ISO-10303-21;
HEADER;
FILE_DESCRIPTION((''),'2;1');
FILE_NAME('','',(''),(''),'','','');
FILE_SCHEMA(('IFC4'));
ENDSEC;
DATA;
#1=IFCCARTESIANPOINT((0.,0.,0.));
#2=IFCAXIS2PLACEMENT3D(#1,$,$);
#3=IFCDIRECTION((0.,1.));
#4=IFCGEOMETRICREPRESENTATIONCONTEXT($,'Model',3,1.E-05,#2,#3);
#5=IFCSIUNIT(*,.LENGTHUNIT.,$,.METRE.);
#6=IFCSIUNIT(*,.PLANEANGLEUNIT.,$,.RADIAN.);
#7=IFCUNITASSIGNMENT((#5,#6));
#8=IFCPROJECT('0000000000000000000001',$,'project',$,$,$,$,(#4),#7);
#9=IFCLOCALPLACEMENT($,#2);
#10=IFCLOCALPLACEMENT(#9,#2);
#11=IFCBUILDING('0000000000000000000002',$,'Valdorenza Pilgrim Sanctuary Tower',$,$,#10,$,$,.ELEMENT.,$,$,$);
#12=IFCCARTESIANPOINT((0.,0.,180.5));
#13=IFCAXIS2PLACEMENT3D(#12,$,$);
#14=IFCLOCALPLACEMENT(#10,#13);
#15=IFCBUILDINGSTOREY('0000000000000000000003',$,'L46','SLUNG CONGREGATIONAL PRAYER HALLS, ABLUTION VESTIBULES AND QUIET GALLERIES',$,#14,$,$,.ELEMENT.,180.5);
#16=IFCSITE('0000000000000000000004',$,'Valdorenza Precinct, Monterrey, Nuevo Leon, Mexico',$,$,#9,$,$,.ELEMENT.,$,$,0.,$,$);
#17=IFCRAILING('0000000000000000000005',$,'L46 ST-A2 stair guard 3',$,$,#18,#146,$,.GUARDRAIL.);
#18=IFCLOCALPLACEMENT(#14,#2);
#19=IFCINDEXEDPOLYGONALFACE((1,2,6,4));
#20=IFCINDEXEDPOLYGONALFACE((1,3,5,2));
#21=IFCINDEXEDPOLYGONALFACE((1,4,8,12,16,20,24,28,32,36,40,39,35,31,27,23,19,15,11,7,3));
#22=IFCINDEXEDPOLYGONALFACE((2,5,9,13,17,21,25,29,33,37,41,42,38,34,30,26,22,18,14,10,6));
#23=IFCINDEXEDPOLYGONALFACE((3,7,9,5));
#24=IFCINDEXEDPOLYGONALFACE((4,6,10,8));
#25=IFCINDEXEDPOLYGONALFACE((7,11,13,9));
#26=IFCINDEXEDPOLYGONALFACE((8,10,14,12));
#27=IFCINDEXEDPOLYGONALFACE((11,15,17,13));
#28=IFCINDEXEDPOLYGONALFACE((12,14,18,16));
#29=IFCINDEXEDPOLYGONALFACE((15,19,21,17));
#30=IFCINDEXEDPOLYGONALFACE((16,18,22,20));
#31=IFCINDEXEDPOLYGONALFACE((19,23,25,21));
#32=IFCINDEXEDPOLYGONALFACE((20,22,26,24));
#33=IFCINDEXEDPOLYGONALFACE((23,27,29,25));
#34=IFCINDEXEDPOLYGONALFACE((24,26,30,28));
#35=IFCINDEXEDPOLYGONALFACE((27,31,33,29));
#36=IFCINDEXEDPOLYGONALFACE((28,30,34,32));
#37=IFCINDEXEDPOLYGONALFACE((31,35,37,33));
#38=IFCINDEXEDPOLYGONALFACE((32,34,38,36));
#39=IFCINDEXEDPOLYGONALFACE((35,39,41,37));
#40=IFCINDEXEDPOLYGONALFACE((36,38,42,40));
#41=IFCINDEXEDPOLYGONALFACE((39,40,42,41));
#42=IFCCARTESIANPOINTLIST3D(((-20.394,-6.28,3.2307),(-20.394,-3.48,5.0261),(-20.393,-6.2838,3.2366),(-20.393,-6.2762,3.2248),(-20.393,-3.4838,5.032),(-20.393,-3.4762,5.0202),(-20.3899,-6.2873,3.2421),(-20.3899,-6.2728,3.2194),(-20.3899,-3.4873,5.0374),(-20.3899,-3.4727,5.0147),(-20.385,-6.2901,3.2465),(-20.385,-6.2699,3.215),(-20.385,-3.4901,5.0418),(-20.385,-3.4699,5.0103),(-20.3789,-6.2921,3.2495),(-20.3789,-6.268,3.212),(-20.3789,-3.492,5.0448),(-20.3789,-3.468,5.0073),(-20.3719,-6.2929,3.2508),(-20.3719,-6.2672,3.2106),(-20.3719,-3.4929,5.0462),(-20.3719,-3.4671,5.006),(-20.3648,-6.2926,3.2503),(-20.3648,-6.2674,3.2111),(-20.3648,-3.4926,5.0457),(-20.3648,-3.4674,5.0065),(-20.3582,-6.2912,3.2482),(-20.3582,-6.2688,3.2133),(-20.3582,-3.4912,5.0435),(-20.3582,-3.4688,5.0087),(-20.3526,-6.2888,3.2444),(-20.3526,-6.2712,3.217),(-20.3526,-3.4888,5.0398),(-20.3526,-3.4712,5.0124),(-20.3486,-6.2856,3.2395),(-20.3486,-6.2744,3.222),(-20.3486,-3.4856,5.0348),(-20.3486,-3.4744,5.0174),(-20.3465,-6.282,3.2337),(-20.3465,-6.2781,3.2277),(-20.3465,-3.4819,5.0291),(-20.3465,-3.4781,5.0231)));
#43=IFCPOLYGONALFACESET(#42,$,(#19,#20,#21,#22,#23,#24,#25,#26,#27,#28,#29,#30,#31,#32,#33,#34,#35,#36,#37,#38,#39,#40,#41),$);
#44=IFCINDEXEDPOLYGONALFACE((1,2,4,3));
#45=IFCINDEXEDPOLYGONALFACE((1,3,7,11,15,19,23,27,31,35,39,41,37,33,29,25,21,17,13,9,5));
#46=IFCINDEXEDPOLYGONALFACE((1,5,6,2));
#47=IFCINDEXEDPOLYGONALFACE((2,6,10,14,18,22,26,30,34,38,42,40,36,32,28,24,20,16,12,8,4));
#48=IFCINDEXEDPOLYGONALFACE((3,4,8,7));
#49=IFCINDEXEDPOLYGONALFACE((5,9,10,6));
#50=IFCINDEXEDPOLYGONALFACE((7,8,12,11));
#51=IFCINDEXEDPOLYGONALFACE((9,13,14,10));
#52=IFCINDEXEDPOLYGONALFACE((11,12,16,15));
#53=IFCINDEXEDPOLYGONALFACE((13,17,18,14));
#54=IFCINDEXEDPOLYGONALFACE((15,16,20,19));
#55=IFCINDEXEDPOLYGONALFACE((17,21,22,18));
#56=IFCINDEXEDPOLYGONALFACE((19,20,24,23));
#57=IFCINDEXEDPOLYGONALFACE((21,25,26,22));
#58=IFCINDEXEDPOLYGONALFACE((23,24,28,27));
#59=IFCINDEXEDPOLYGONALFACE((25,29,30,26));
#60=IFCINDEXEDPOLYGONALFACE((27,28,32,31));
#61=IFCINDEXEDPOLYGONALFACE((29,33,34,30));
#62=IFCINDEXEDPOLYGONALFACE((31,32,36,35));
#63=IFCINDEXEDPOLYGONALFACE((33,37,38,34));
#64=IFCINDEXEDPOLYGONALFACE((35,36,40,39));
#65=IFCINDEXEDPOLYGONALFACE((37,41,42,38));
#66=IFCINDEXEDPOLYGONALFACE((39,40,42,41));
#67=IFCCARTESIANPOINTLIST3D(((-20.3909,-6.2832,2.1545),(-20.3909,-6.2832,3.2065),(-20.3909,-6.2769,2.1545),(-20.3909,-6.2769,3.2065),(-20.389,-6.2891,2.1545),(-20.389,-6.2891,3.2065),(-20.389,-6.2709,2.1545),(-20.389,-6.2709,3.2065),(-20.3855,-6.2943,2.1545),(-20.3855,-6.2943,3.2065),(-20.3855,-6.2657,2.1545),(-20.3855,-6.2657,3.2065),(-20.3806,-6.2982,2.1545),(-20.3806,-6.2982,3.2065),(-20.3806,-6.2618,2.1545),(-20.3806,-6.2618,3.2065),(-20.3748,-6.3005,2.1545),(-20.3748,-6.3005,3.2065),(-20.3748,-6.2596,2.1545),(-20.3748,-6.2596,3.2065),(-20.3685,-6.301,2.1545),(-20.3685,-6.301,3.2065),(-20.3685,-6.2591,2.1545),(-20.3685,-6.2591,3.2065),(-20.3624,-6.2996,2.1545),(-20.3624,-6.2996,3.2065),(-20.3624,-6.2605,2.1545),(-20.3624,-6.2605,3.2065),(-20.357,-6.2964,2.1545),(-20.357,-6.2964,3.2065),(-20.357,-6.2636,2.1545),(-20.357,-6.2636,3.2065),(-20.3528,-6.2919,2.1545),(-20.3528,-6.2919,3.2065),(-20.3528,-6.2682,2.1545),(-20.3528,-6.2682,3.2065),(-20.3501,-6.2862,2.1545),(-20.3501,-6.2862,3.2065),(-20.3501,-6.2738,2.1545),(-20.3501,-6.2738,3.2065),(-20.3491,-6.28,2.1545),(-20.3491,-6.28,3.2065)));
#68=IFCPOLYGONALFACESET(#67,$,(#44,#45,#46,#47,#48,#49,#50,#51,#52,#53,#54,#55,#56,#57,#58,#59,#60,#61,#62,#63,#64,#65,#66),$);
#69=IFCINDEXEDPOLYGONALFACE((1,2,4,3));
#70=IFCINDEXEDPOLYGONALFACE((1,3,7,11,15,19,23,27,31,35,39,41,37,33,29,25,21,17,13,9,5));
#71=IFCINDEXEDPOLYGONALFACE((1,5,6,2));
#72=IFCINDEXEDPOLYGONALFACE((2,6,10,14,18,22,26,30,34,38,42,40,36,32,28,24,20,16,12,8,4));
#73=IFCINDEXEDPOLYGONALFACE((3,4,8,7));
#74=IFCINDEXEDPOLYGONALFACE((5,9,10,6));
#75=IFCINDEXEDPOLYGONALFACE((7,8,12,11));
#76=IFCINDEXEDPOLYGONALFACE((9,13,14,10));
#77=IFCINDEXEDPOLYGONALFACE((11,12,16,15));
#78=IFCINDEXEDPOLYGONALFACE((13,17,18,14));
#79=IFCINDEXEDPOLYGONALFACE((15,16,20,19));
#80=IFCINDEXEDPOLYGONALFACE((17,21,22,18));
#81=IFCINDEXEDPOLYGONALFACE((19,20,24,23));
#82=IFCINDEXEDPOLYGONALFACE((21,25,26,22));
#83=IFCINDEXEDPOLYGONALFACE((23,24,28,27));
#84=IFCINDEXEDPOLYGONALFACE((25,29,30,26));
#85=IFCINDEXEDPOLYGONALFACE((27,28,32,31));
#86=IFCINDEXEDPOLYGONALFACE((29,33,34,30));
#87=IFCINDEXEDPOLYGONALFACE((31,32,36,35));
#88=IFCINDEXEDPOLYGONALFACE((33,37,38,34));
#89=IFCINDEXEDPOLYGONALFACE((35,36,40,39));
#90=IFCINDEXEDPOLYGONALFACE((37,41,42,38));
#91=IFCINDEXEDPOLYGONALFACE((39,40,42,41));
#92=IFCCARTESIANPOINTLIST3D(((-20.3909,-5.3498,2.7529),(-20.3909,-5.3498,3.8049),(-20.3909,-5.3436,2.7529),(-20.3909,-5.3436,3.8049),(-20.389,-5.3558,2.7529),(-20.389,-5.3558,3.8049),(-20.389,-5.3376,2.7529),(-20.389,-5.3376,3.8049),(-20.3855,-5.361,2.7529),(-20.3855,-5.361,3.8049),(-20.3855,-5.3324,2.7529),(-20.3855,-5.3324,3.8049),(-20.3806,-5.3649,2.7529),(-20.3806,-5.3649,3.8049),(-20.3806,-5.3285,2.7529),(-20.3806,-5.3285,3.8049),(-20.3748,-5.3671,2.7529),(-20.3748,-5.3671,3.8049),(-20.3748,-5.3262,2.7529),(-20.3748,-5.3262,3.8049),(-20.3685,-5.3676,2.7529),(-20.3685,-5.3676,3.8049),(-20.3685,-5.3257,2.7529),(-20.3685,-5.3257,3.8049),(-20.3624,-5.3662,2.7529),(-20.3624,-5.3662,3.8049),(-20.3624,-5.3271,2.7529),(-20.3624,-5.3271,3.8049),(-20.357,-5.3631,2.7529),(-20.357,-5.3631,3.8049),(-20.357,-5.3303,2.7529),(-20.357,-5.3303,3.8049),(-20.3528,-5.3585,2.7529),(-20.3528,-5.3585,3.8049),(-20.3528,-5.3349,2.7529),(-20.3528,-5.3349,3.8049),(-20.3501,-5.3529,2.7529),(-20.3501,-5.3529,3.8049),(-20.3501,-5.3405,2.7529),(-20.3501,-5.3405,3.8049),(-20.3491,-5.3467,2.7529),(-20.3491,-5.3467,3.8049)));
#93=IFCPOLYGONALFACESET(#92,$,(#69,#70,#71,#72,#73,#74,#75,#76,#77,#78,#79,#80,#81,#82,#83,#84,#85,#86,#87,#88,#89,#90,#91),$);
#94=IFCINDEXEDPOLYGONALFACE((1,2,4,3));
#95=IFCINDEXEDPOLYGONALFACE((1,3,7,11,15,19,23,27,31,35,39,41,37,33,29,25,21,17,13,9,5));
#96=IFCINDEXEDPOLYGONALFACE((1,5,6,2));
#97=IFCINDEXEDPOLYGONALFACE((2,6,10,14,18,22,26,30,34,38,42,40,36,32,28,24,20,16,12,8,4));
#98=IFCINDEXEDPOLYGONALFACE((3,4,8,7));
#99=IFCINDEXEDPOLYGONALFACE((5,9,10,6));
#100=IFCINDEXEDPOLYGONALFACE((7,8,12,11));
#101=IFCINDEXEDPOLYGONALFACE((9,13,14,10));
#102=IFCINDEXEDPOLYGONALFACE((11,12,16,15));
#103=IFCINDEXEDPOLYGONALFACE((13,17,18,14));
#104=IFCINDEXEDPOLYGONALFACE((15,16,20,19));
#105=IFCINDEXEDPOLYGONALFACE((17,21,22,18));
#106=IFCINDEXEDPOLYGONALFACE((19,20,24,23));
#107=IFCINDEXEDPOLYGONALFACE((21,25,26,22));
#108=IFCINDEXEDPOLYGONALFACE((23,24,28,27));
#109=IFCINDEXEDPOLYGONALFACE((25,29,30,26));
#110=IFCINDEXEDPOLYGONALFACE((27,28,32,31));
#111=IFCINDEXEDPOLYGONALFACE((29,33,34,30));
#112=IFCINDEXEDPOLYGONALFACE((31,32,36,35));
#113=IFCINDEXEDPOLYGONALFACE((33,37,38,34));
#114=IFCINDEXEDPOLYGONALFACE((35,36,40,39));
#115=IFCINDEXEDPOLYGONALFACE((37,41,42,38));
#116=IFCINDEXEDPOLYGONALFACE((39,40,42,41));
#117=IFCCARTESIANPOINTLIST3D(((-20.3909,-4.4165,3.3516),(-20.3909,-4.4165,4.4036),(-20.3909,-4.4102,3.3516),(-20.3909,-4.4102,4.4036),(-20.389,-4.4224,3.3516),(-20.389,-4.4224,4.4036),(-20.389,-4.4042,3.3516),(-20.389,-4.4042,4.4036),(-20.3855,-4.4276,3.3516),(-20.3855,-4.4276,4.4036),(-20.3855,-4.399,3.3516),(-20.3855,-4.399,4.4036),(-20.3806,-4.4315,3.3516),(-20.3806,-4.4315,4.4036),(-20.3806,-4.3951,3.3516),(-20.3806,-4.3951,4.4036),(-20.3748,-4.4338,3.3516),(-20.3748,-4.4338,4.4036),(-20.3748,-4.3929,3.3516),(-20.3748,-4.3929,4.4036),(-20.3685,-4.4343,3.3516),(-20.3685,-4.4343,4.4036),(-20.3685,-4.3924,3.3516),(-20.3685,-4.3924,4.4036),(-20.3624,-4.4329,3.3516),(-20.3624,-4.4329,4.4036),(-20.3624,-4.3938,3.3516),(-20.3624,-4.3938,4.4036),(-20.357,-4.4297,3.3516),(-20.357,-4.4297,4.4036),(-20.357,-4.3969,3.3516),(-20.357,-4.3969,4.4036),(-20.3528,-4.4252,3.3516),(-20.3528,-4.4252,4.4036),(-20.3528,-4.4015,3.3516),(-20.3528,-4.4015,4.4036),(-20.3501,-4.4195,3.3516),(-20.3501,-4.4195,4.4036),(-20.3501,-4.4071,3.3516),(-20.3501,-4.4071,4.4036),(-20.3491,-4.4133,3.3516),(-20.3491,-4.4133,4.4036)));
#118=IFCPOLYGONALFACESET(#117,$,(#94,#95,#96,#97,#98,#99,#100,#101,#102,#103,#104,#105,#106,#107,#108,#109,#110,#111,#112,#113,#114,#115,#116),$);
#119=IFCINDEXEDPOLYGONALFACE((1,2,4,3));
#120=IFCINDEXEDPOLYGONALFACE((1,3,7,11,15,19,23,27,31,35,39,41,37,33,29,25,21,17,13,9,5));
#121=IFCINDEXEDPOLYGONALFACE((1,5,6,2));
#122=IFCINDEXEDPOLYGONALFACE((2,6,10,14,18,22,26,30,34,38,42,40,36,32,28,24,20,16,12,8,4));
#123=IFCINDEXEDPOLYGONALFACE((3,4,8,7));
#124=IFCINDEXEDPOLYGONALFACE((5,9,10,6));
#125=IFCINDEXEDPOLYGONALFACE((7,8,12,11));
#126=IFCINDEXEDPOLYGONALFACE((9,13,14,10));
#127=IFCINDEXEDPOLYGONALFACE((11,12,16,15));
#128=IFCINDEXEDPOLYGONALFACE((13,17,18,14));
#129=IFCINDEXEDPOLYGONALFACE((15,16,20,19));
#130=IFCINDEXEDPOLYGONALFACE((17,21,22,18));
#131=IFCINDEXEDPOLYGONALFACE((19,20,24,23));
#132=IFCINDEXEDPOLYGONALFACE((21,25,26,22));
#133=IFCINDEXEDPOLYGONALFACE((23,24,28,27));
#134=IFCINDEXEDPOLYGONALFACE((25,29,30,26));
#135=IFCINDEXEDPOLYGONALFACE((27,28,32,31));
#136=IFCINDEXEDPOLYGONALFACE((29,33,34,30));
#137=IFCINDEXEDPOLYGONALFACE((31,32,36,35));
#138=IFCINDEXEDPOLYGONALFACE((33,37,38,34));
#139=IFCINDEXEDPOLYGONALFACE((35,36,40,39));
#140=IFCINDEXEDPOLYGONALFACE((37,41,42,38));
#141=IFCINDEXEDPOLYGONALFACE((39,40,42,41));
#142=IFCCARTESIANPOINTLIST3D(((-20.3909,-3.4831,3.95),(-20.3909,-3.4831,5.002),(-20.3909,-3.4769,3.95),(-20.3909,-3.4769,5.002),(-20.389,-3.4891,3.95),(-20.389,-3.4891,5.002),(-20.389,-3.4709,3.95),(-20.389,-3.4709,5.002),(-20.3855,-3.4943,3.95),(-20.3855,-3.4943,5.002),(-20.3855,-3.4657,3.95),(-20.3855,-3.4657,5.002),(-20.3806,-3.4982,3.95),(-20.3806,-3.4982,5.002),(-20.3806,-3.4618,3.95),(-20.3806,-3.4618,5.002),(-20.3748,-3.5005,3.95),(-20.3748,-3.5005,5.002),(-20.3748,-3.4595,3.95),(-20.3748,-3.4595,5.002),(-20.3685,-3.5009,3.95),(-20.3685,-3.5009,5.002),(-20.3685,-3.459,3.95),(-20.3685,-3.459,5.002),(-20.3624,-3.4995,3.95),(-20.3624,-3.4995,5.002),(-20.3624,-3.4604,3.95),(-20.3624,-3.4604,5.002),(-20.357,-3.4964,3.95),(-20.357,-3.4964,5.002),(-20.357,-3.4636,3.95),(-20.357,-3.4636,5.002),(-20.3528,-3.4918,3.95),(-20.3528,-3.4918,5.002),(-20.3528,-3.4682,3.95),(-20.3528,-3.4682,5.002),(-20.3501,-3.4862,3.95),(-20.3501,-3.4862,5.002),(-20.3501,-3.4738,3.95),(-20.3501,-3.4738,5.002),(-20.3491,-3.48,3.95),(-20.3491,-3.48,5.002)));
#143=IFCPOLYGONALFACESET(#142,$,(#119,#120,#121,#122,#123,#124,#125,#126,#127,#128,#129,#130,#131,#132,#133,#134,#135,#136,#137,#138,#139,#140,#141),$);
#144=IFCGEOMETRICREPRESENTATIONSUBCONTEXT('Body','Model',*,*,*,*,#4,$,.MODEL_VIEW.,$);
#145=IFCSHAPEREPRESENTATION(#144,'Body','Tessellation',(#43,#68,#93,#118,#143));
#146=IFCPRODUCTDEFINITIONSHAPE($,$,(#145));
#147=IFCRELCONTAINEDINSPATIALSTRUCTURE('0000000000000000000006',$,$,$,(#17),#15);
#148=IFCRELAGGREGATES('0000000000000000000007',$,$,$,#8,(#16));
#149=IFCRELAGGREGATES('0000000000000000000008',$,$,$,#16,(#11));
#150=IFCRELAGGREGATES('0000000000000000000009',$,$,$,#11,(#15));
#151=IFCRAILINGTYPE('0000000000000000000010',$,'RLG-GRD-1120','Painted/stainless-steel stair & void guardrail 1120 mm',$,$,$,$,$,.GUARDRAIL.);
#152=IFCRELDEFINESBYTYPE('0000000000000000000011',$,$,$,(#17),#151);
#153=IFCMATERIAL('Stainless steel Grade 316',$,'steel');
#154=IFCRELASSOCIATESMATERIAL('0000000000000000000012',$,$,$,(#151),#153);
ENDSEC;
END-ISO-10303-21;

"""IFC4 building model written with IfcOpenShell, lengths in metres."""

from ifc_helpers import new_model, si_unit, direction, frame, origin, origin_2d, place, context, subcontext, project, spatial, circle, extrude, material, type_object, element, save


model = new_model("IFC4")

# Units and contexts
model_context = context("Model", 3, precision=1e-05, world=origin(), true_north=direction((0.0, 1.0)))
body_context = subcontext(model_context, "Body", "Model", "MODEL_VIEW")
ifc_project = project(units=[si_unit("LENGTHUNIT", "METRE"), si_unit("PLANEANGLEUNIT", "RADIAN")], contexts=[model_context])

# Site, building, storey
site_placement = place(None, origin())
site = spatial("IfcSite", under=ifc_project, at=site_placement, Name="Valdorenza Precinct, Monterrey, Nuevo Leon, Mexico", CompositionType="ELEMENT", RefElevation=0.0)
building_placement = place(site_placement, origin())
building = spatial("IfcBuilding", under=site, at=building_placement, Name="Valdorenza Pilgrim Sanctuary Tower", CompositionType="ELEMENT")
storey_placement = place(building_placement, frame((0.0, 0.0, 180.5)))
storey = spatial("IfcBuildingStorey", under=building, at=storey_placement, Name="L46", Description="SLUNG CONGREGATIONAL PRAYER HALLS, ABLUTION VESTIBULES AND QUIET GALLERIES", CompositionType="ELEMENT", Elevation=180.5)

# Railing
ifc_material_1 = material(Name="Stainless steel Grade 316", Category="steel")
railing_type_1 = type_object("IfcRailingType", Name="RLG-GRD-1120", Description="Painted/stainless-steel stair & void guardrail 1120 mm", PredefinedType="GUARDRAIL", material=ifc_material_1)
railing_1_placement = place(storey_placement, frame((-20.3701, -6.28, 2.1545)))
element("IfcRailing", 1, at=railing_1_placement, inside=storey, type_object=railing_type_1, Name="L46 ST-A2 stair guard 3", PredefinedType="GUARDRAIL", context=body_context, shape_type="SweptSolid", body=[
    extrude(circle(Radius=0.0239, at=origin_2d()), frame((0.0, 0.0, 1.0762), z_axis=(0.0, 0.84181, 0.539774), x_axis=(-1.0, 0.0, 0.0)), (0.0, 0.0, 1.0), 3.3262),
    extrude(circle(Radius=0.021, at=origin_2d()), origin(), (0.0, 0.0, 1.0), 1.052),
    extrude(circle(Radius=0.021, at=origin_2d()), frame((0.0, 0.9333, 0.5984)), (0.0, 0.0, 1.0), 1.052),
    extrude(circle(Radius=0.021, at=origin_2d()), frame((0.0, 1.8667, 1.197)), (0.0, 0.0, 1.0), 1.052),
    extrude(circle(Radius=0.021, at=origin_2d()), frame((0.0, 2.8, 1.7954)), (0.0, 0.0, 1.0), 1.052),
])

save(model, "model.ifc")
